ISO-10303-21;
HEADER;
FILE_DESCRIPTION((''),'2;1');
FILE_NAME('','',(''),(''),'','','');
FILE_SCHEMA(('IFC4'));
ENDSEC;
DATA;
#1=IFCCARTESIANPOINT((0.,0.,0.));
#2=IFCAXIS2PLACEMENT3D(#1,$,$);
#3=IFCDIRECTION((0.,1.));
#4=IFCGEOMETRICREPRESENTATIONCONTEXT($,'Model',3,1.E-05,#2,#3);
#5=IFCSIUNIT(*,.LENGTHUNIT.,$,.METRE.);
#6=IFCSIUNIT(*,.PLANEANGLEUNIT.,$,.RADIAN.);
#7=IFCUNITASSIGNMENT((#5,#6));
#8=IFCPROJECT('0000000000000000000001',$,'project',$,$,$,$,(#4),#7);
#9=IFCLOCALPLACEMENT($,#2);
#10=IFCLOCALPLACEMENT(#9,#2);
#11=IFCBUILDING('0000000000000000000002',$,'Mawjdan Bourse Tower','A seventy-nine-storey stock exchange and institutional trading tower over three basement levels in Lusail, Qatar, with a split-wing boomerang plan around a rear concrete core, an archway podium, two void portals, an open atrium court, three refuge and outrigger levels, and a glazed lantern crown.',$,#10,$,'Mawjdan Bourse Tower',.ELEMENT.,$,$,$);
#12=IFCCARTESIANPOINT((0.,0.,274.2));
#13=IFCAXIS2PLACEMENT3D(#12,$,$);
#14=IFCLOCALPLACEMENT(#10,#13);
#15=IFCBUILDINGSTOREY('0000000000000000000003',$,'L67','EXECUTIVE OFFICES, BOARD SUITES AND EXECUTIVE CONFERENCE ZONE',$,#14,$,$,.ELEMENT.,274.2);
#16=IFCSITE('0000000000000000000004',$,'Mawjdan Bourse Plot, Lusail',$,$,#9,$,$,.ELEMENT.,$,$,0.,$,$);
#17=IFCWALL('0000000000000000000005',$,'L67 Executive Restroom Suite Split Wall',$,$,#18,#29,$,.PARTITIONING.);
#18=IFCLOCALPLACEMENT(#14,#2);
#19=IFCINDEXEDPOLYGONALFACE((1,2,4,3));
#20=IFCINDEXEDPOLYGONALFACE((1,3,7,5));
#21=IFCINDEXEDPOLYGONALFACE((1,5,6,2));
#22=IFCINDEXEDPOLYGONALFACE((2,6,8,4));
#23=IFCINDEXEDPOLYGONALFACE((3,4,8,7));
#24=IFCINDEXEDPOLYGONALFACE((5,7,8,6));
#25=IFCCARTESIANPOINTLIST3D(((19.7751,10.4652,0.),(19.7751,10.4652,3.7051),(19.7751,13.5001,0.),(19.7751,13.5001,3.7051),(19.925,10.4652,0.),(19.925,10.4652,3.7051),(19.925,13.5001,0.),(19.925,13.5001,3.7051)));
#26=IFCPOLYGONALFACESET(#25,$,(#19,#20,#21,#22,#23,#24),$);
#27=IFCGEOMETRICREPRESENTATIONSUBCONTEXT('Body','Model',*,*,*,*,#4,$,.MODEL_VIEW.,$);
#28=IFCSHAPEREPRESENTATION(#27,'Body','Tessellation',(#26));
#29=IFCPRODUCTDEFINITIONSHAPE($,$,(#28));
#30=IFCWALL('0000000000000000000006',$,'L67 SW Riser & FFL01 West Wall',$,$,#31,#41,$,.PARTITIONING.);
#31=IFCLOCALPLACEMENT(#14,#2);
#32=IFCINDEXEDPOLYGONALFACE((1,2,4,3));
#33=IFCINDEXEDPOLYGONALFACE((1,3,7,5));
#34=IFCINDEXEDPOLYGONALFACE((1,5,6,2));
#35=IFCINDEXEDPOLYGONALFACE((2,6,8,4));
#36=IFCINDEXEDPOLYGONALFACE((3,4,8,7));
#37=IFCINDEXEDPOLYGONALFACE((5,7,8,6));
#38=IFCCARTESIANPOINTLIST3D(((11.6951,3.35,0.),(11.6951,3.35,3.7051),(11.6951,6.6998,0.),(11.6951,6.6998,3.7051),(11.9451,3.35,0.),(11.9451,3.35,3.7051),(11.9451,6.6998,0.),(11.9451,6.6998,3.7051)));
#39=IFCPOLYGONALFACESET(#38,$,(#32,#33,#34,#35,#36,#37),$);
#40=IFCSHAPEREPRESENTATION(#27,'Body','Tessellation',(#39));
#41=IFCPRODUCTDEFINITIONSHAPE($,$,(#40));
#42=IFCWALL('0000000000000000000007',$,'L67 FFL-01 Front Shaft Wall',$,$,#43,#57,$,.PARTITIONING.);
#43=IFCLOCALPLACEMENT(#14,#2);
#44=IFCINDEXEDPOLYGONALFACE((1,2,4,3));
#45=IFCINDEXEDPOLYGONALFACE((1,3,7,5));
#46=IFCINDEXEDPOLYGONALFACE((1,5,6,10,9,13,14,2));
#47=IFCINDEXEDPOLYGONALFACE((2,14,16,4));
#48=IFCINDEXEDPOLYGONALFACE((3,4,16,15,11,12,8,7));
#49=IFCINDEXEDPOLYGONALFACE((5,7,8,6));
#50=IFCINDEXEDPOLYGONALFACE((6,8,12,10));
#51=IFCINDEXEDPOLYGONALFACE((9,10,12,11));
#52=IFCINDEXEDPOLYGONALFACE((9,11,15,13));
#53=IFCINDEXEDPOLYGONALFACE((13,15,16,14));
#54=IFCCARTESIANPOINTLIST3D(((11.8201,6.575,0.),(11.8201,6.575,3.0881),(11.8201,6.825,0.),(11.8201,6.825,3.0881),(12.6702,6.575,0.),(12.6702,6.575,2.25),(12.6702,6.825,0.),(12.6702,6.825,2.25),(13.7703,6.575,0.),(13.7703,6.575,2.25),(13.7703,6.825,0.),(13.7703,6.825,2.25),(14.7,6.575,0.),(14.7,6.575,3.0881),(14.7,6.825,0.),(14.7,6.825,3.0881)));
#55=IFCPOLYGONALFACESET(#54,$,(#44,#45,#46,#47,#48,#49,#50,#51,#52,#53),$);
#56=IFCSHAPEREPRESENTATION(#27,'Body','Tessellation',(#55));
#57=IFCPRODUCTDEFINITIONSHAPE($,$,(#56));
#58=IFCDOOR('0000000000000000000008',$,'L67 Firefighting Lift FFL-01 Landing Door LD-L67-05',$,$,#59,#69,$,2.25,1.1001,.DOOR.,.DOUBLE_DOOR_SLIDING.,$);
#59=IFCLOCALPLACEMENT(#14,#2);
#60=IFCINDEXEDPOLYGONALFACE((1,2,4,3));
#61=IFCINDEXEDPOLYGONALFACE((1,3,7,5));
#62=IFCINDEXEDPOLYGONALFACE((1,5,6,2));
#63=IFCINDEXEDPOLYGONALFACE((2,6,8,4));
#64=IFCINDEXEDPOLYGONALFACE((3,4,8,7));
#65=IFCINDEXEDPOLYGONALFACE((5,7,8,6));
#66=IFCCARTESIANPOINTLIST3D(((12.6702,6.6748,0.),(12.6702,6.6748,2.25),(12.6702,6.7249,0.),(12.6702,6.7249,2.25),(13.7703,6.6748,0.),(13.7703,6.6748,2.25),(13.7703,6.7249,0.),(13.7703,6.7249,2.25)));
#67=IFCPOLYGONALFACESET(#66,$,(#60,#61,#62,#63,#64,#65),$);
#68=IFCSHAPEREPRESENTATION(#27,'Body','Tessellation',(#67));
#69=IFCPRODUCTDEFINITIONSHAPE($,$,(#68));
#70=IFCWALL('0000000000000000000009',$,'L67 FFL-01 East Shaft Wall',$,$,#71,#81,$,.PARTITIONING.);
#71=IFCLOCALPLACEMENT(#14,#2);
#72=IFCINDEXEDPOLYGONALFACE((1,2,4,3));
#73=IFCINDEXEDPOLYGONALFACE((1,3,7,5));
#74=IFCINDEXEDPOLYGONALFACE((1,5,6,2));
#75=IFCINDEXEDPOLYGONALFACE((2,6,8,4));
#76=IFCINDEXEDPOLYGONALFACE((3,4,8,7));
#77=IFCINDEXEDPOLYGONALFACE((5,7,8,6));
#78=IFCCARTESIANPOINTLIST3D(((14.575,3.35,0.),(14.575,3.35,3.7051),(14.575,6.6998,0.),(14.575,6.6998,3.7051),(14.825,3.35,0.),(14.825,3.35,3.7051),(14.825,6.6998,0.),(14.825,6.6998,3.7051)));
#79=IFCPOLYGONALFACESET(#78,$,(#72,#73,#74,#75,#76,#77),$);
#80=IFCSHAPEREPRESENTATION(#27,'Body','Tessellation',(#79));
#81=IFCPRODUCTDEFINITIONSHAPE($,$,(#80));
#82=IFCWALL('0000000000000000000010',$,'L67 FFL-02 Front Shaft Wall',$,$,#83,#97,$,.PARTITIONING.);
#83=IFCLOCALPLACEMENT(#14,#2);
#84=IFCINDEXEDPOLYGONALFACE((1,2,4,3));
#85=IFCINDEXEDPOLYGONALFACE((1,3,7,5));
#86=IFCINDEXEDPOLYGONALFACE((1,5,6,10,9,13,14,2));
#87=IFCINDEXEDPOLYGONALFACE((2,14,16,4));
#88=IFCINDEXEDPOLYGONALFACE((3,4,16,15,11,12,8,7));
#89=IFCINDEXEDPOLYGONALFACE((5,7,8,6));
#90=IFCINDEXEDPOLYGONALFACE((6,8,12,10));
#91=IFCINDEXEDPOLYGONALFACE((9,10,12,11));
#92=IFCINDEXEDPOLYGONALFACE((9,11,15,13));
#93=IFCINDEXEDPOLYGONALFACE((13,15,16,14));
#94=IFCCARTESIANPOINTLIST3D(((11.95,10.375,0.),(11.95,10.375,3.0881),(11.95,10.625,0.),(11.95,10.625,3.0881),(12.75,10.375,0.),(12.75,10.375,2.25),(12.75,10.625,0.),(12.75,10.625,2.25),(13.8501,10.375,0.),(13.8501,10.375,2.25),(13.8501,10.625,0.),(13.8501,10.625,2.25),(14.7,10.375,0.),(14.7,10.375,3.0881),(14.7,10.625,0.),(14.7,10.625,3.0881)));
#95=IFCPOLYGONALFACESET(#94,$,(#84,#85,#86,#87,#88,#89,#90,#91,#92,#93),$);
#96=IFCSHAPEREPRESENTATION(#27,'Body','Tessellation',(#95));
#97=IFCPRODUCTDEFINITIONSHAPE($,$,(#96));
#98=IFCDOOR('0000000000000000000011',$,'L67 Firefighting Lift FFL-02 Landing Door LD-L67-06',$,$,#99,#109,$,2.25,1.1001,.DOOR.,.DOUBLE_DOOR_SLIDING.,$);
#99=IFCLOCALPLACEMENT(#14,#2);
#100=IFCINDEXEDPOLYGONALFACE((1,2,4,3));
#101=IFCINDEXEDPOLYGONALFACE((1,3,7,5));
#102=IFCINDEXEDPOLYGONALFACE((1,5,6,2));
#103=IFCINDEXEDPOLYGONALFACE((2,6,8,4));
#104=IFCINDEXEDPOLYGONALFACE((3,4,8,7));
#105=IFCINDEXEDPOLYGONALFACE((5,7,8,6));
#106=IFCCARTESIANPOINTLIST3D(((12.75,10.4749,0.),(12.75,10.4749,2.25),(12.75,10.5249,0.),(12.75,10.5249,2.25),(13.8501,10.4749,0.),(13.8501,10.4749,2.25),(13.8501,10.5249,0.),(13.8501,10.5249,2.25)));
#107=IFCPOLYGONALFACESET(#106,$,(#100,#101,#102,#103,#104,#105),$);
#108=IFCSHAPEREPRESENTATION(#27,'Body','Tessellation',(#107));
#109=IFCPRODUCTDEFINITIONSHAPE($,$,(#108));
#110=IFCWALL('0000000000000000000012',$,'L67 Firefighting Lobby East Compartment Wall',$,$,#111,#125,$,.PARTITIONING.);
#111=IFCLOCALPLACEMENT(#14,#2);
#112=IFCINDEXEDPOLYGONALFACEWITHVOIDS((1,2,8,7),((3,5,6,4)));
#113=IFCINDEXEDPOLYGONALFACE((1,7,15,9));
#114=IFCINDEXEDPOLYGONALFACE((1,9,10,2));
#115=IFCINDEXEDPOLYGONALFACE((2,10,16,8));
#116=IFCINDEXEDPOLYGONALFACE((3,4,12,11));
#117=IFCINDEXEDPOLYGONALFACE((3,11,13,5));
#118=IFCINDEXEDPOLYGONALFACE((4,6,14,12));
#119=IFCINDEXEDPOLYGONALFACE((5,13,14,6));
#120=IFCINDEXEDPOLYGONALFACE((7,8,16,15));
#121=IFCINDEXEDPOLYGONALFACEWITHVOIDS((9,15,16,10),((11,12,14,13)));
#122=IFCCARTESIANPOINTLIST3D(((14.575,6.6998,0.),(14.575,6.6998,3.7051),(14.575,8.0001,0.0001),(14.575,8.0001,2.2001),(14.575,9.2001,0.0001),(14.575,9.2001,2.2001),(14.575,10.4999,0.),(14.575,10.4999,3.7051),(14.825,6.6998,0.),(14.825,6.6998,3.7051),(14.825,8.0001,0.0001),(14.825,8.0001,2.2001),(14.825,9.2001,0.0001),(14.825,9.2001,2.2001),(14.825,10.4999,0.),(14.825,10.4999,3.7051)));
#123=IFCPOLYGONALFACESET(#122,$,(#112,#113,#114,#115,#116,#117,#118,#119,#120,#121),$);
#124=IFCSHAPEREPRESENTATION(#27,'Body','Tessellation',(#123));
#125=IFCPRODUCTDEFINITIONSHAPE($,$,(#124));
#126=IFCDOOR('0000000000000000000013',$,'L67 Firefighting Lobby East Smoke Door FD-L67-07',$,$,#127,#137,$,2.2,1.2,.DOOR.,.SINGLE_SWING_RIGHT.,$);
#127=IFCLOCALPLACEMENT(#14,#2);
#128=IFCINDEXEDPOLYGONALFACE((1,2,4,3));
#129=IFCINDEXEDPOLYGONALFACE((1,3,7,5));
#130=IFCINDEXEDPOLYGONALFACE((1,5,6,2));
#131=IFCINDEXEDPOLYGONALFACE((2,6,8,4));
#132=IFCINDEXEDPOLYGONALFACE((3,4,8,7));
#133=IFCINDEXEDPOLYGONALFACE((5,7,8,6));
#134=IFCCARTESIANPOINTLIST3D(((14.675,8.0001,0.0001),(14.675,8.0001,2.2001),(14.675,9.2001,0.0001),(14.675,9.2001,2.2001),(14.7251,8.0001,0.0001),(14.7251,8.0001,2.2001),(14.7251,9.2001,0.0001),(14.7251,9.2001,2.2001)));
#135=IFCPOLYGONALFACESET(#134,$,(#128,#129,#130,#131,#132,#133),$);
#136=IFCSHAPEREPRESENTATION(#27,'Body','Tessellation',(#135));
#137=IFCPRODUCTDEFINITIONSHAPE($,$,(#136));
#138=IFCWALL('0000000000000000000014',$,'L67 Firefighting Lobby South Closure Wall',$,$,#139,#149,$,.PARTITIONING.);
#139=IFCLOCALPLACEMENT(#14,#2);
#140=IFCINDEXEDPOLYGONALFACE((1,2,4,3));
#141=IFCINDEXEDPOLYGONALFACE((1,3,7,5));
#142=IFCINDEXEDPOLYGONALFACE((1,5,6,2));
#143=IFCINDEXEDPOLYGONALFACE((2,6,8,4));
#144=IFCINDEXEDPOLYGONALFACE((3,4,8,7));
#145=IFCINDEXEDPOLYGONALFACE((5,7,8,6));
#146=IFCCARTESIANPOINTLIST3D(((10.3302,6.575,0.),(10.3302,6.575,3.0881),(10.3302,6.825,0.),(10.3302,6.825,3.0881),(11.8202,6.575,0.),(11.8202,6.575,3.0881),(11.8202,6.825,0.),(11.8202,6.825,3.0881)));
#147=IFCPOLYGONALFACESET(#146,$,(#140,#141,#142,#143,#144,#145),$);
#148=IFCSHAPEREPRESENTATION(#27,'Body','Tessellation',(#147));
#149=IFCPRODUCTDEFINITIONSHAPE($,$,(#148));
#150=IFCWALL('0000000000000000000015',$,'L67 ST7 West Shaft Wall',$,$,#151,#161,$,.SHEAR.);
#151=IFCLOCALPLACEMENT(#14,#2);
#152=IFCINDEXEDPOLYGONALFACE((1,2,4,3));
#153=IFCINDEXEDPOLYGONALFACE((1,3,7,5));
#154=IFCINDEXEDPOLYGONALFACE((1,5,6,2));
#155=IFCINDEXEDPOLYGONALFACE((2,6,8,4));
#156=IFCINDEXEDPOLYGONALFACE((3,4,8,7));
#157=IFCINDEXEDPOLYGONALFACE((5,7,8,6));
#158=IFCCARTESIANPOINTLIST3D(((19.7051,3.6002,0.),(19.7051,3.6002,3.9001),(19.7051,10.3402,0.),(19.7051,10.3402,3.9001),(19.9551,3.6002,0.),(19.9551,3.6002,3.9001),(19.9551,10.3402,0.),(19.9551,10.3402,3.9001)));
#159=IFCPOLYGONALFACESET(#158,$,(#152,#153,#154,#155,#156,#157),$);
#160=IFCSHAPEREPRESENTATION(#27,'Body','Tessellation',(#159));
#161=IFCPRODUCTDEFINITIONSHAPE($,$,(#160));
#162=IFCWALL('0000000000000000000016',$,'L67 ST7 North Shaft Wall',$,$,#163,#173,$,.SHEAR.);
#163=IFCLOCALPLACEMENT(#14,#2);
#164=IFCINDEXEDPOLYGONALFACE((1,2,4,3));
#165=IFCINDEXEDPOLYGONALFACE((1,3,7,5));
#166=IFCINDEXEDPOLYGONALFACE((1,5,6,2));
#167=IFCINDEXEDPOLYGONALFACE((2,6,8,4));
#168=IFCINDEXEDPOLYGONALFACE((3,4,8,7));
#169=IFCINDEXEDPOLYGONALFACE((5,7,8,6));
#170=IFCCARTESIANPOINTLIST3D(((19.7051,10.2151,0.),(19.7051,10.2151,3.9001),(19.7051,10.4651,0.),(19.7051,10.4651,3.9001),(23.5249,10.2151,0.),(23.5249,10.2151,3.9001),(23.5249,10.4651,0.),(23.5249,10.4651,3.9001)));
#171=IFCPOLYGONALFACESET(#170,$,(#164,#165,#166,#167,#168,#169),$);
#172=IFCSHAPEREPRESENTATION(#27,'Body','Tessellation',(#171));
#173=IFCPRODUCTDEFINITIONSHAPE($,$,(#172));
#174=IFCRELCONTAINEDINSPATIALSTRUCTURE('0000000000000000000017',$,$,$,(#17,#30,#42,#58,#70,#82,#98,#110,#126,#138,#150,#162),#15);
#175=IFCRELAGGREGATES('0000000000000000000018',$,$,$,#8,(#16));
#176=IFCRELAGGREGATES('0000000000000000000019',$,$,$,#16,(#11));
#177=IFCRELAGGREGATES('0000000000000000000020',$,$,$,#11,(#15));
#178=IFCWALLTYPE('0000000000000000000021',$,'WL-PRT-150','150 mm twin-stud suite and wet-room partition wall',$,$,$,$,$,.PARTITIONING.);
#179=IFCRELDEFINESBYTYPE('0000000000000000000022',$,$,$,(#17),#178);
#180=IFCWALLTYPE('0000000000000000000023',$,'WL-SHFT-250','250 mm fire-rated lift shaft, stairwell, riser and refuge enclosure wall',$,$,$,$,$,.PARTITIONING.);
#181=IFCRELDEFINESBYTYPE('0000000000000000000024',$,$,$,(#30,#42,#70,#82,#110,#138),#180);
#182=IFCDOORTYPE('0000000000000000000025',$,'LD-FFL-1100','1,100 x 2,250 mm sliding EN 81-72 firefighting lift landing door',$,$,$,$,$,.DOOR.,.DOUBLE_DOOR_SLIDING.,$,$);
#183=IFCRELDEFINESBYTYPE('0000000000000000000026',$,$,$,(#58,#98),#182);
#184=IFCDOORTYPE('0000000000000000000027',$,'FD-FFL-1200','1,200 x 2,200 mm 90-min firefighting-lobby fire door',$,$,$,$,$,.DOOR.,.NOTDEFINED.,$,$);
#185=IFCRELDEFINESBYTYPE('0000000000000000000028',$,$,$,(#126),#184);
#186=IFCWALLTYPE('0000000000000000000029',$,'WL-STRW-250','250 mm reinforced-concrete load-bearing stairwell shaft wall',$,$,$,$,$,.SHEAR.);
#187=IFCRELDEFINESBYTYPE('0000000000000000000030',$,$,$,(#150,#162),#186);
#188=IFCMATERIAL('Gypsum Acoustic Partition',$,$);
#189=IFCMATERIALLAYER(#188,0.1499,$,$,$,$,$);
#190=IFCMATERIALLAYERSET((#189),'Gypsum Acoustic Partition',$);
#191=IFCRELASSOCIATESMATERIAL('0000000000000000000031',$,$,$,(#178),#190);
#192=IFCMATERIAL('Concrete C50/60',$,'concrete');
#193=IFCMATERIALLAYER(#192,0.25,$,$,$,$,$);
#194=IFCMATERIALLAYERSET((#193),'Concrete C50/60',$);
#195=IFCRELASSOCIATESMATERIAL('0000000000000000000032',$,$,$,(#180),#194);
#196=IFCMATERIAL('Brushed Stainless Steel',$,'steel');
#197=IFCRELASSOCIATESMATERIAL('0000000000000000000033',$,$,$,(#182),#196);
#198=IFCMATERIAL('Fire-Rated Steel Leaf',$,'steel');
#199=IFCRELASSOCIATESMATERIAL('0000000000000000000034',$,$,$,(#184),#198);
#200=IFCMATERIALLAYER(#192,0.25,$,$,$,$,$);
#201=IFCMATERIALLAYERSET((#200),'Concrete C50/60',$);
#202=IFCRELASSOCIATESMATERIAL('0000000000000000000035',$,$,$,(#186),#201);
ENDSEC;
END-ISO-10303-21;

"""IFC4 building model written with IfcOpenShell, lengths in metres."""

from ifc_helpers import new_model, si_unit, direction, frame, frame_2d, origin, place, context, subcontext, project, spatial, rectangle, extrude, material, layer, layer_set, type_object, element, fill, save


model = new_model("IFC4")

# Units and contexts
model_context = context("Model", 3, precision=1e-05, world=origin(), true_north=direction((0.0, 1.0)))
body_context = subcontext(model_context, "Body", "Model", "MODEL_VIEW")
ifc_project = project(units=[si_unit("LENGTHUNIT", "METRE"), si_unit("PLANEANGLEUNIT", "RADIAN")], contexts=[model_context])

# Site, building, storey
site_placement = place(None, origin())
site = spatial("IfcSite", under=ifc_project, at=site_placement, Name="Mawjdan Bourse Plot, Lusail", CompositionType="ELEMENT", RefElevation=0.0)
building_placement = place(site_placement, origin())
building = spatial("IfcBuilding", under=site, at=building_placement, Name="Mawjdan Bourse Tower", Description="A seventy-nine-storey stock exchange and institutional trading tower over three basement levels in Lusail, Qatar, with a split-wing boomerang plan around a rear concrete core, an archway podium, two void portals, an open atrium court, three refuge and outrigger levels, and a glazed lantern crown.", LongName="Mawjdan Bourse Tower", CompositionType="ELEMENT")
storey_placement = place(building_placement, frame((0.0, 0.0, 274.2)))
storey = spatial("IfcBuildingStorey", under=building, at=storey_placement, Name="L67", Description="EXECUTIVE OFFICES, BOARD SUITES AND EXECUTIVE CONFERENCE ZONE", CompositionType="ELEMENT", Elevation=274.2)

# Walls
ifc_material_1 = material(Name="Gypsum Acoustic Partition")
ifc_layer_1 = layer(ifc_material_1, 0.1499)
ifc_layer_set_1 = layer_set([ifc_layer_1], Name="Gypsum Acoustic Partition")
wall_type_1 = type_object("IfcWallType", Name="WL-PRT-150", Description="150 mm twin-stud suite and wet-room partition wall", PredefinedType="PARTITIONING", material=ifc_layer_set_1)
wall_1_placement = place(storey_placement, frame((19.8501, 10.4651, 0.0), z_axis=(0.0, 0.0, 1.0), x_axis=(0.0, 1.0, 0.0)))
element("IfcWall", 1, at=wall_1_placement, inside=storey, type_object=wall_type_1, Name="L67 Executive Restroom Suite Split Wall", PredefinedType="PARTITIONING", context=body_context, shape_type="SweptSolid", body=[
    extrude(rectangle(XDim=3.0349, YDim=0.1499, at=frame_2d((1.5176, 0.0))), origin(), (0.0, 0.0, 1.0), 3.7051),
])
ifc_material_2 = material(Name="Concrete C50/60", Category="concrete")
ifc_layer_2 = layer(ifc_material_2, 0.25)
ifc_layer_set_2 = layer_set([ifc_layer_2], Name="Concrete C50/60")
wall_type_2 = type_object("IfcWallType", Name="WL-SHFT-250", Description="250 mm fire-rated lift shaft, stairwell, riser and refuge enclosure wall", PredefinedType="PARTITIONING", material=ifc_layer_set_2)
wall_2_placement = place(storey_placement, frame((11.8201, 3.3501, 0.0), z_axis=(0.0, 0.0, 1.0), x_axis=(0.0, 1.0, 0.0)))
element("IfcWall", 2, at=wall_2_placement, inside=storey, type_object=wall_type_2, Name="L67 SW Riser & FFL01 West Wall", PredefinedType="PARTITIONING", context=body_context, shape_type="SweptSolid", body=[
    extrude(rectangle(XDim=3.3499, YDim=0.25, at=frame_2d((1.6748, 0.0))), origin(), (0.0, 0.0, 1.0), 3.7051),
])

# Wall, opening, door
wall_3_placement = place(storey_placement, frame((11.8201, 6.7, 0.0), z_axis=(0.0, 0.0, 1.0), x_axis=(1.0, 0.0, 0.0)))
wall_3 = element("IfcWall", 3, at=wall_3_placement, inside=storey, type_object=wall_type_2, Name="L67 FFL-01 Front Shaft Wall", PredefinedType="PARTITIONING", context=body_context, shape_type="SweptSolid", body=[
    extrude(rectangle(XDim=2.8799, YDim=0.25, at=frame_2d((1.4399, 0.0))), origin(), (0.0, 0.0, 1.0), 3.0881),
])
opening_1_placement = place(wall_3_placement, frame((0.8501, 0.0, 0.0)))
opening_1 = element("IfcOpeningElement", 4, at=opening_1_placement, cuts=wall_3, PredefinedType="OPENING", context=body_context, shape_type="SweptSolid", body=[
    extrude(rectangle(XDim=1.1001, YDim=2.25, at=frame_2d((0.55, 1.125))), frame((0.0, 0.135, 0.0), z_axis=(0.0, -1.0, 0.0), x_axis=(1.0, 0.0, 0.0)), (0.0, 0.0, 1.0), 0.27),
])
ifc_material_3 = material(Name="Brushed Stainless Steel", Category="steel")
door_type_1 = type_object("IfcDoorType", Name="LD-FFL-1100", Description="1,100 x 2,250 mm sliding EN 81-72 firefighting lift landing door", OperationType="DOUBLE_DOOR_SLIDING", PredefinedType="DOOR", material=ifc_material_3)
door_1_placement = place(opening_1_placement, origin())
door_1 = element("IfcDoor", 5, at=door_1_placement, inside=storey, type_object=door_type_1, Name="L67 Firefighting Lift FFL-01 Landing Door LD-L67-05", OperationType="DOUBLE_DOOR_SLIDING", OverallHeight=2.25, OverallWidth=1.1001, PredefinedType="DOOR", context=body_context, shape_type="SweptSolid", body=[
    extrude(rectangle(XDim=1.1001, YDim=2.25, at=frame_2d((0.55, 1.125))), frame((0.0, 0.0249, 0.0), z_axis=(0.0, -1.0, 0.0), x_axis=(1.0, 0.0, 0.0)), (0.0, 0.0, 1.0), 0.05),
])
fill(opening_1, door_1)

# Wall
wall_4_placement = place(storey_placement, frame((14.7, 3.3501, 0.0), z_axis=(0.0, 0.0, 1.0), x_axis=(0.0, 1.0, 0.0)))
element("IfcWall", 6, at=wall_4_placement, inside=storey, type_object=wall_type_2, Name="L67 FFL-01 East Shaft Wall", PredefinedType="PARTITIONING", context=body_context, shape_type="SweptSolid", body=[
    extrude(rectangle(XDim=3.3499, YDim=0.25, at=frame_2d((1.6748, 0.0))), origin(), (0.0, 0.0, 1.0), 3.7051),
])

# Walls, openings, doors
wall_5_placement = place(storey_placement, frame((11.95, 10.5, 0.0), z_axis=(0.0, 0.0, 1.0), x_axis=(1.0, 0.0, 0.0)))
wall_5 = element("IfcWall", 7, at=wall_5_placement, inside=storey, type_object=wall_type_2, Name="L67 FFL-02 Front Shaft Wall", PredefinedType="PARTITIONING", context=body_context, shape_type="SweptSolid", body=[
    extrude(rectangle(XDim=2.75, YDim=0.25, at=frame_2d((1.375, 0.0))), origin(), (0.0, 0.0, 1.0), 3.0881),
])
opening_2_placement = place(wall_5_placement, frame((0.8, 0.0, 0.0)))
opening_2 = element("IfcOpeningElement", 8, at=opening_2_placement, cuts=wall_5, PredefinedType="OPENING", context=body_context, shape_type="SweptSolid", body=[
    extrude(rectangle(XDim=1.1001, YDim=2.25, at=frame_2d((0.55, 1.125))), frame((0.0, 0.135, 0.0), z_axis=(0.0, -1.0, 0.0), x_axis=(1.0, 0.0, 0.0)), (0.0, 0.0, 1.0), 0.27),
])
door_2_placement = place(opening_2_placement, origin())
door_2 = element("IfcDoor", 9, at=door_2_placement, inside=storey, type_object=door_type_1, Name="L67 Firefighting Lift FFL-02 Landing Door LD-L67-06", OperationType="DOUBLE_DOOR_SLIDING", OverallHeight=2.25, OverallWidth=1.1001, PredefinedType="DOOR", context=body_context, shape_type="SweptSolid", body=[
    extrude(rectangle(XDim=1.1001, YDim=2.25, at=frame_2d((0.55, 1.125))), frame((0.0, 0.0249, 0.0), z_axis=(0.0, -1.0, 0.0), x_axis=(1.0, 0.0, 0.0)), (0.0, 0.0, 1.0), 0.05),
])
fill(opening_2, door_2)
wall_6_placement = place(storey_placement, frame((14.7, 6.7, 0.0), z_axis=(0.0, 0.0, 1.0), x_axis=(0.0, 1.0, 0.0)))
wall_6 = element("IfcWall", 10, at=wall_6_placement, inside=storey, type_object=wall_type_2, Name="L67 Firefighting Lobby East Compartment Wall", PredefinedType="PARTITIONING", context=body_context, shape_type="SweptSolid", body=[
    extrude(rectangle(XDim=3.8, YDim=0.25, at=frame_2d((1.8999, 0.0))), origin(), (0.0, 0.0, 1.0), 3.7051),
])
opening_3_placement = place(wall_6_placement, frame((1.3, 0.0, 0.0)))
opening_3 = element("IfcOpeningElement", 11, at=opening_3_placement, cuts=wall_6, PredefinedType="OPENING", context=body_context, shape_type="SweptSolid", body=[
    extrude(rectangle(XDim=1.2, YDim=2.2, at=frame_2d((0.6001, 1.1001))), frame((0.0, 0.135, 0.0), z_axis=(0.0, -1.0, 0.0), x_axis=(1.0, 0.0, 0.0)), (0.0, 0.0, 1.0), 0.27),
])
ifc_material_4 = material(Name="Fire-Rated Steel Leaf", Category="steel")
door_type_2 = type_object("IfcDoorType", Name="FD-FFL-1200", Description="1,200 x 2,200 mm 90-min firefighting-lobby fire door", OperationType="NOTDEFINED", PredefinedType="DOOR", material=ifc_material_4)
door_3_placement = place(opening_3_placement, origin())
door_3 = element("IfcDoor", 12, at=door_3_placement, inside=storey, type_object=door_type_2, Name="L67 Firefighting Lobby East Smoke Door FD-L67-07", OperationType="SINGLE_SWING_RIGHT", OverallHeight=2.2, OverallWidth=1.2, PredefinedType="DOOR", context=body_context, shape_type="SweptSolid", body=[
    extrude(rectangle(XDim=1.2, YDim=2.2, at=frame_2d((0.6001, 1.1001))), frame((0.0, 0.0249, 0.0), z_axis=(0.0, -1.0, 0.0), x_axis=(1.0, 0.0, 0.0)), (0.0, 0.0, 1.0), 0.05),
])
fill(opening_3, door_3)

# Walls
wall_7_placement = place(storey_placement, frame((10.3301, 6.7, 0.0), z_axis=(0.0, 0.0, 1.0), x_axis=(1.0, 0.0, 0.0)))
element("IfcWall", 13, at=wall_7_placement, inside=storey, type_object=wall_type_2, Name="L67 Firefighting Lobby South Closure Wall", PredefinedType="PARTITIONING", context=body_context, shape_type="SweptSolid", body=[
    extrude(rectangle(XDim=1.49, YDim=0.25, at=frame_2d((0.7451, 0.0))), origin(), (0.0, 0.0, 1.0), 3.0881),
])
ifc_layer_3 = layer(ifc_material_2, 0.25)
ifc_layer_set_3 = layer_set([ifc_layer_3], Name="Concrete C50/60")
wall_type_3 = type_object("IfcWallType", Name="WL-STRW-250", Description="250 mm reinforced-concrete load-bearing stairwell shaft wall", PredefinedType="SHEAR", material=ifc_layer_set_3)
wall_8_placement = place(storey_placement, frame((19.8301, 3.6001, 0.0), z_axis=(0.0, 0.0, 1.0), x_axis=(0.0, 1.0, 0.0)))
element("IfcWall", 14, at=wall_8_placement, inside=storey, type_object=wall_type_3, Name="L67 ST7 West Shaft Wall", PredefinedType="SHEAR", context=body_context, shape_type="SweptSolid", body=[
    extrude(rectangle(XDim=6.74, YDim=0.25, at=frame_2d((3.3701, 0.0))), origin(), (0.0, 0.0, 1.0), 3.9001),
])
wall_9_placement = place(storey_placement, frame((19.7051, 10.3401, 0.0), z_axis=(0.0, 0.0, 1.0), x_axis=(1.0, 0.0, 0.0)))
element("IfcWall", 15, at=wall_9_placement, inside=storey, type_object=wall_type_3, Name="L67 ST7 North Shaft Wall", PredefinedType="SHEAR", context=body_context, shape_type="SweptSolid", body=[
    extrude(rectangle(XDim=3.8198, YDim=0.25, at=frame_2d((1.9099, 0.0))), origin(), (0.0, 0.0, 1.0), 3.9001),
])

save(model, "model.ifc")
